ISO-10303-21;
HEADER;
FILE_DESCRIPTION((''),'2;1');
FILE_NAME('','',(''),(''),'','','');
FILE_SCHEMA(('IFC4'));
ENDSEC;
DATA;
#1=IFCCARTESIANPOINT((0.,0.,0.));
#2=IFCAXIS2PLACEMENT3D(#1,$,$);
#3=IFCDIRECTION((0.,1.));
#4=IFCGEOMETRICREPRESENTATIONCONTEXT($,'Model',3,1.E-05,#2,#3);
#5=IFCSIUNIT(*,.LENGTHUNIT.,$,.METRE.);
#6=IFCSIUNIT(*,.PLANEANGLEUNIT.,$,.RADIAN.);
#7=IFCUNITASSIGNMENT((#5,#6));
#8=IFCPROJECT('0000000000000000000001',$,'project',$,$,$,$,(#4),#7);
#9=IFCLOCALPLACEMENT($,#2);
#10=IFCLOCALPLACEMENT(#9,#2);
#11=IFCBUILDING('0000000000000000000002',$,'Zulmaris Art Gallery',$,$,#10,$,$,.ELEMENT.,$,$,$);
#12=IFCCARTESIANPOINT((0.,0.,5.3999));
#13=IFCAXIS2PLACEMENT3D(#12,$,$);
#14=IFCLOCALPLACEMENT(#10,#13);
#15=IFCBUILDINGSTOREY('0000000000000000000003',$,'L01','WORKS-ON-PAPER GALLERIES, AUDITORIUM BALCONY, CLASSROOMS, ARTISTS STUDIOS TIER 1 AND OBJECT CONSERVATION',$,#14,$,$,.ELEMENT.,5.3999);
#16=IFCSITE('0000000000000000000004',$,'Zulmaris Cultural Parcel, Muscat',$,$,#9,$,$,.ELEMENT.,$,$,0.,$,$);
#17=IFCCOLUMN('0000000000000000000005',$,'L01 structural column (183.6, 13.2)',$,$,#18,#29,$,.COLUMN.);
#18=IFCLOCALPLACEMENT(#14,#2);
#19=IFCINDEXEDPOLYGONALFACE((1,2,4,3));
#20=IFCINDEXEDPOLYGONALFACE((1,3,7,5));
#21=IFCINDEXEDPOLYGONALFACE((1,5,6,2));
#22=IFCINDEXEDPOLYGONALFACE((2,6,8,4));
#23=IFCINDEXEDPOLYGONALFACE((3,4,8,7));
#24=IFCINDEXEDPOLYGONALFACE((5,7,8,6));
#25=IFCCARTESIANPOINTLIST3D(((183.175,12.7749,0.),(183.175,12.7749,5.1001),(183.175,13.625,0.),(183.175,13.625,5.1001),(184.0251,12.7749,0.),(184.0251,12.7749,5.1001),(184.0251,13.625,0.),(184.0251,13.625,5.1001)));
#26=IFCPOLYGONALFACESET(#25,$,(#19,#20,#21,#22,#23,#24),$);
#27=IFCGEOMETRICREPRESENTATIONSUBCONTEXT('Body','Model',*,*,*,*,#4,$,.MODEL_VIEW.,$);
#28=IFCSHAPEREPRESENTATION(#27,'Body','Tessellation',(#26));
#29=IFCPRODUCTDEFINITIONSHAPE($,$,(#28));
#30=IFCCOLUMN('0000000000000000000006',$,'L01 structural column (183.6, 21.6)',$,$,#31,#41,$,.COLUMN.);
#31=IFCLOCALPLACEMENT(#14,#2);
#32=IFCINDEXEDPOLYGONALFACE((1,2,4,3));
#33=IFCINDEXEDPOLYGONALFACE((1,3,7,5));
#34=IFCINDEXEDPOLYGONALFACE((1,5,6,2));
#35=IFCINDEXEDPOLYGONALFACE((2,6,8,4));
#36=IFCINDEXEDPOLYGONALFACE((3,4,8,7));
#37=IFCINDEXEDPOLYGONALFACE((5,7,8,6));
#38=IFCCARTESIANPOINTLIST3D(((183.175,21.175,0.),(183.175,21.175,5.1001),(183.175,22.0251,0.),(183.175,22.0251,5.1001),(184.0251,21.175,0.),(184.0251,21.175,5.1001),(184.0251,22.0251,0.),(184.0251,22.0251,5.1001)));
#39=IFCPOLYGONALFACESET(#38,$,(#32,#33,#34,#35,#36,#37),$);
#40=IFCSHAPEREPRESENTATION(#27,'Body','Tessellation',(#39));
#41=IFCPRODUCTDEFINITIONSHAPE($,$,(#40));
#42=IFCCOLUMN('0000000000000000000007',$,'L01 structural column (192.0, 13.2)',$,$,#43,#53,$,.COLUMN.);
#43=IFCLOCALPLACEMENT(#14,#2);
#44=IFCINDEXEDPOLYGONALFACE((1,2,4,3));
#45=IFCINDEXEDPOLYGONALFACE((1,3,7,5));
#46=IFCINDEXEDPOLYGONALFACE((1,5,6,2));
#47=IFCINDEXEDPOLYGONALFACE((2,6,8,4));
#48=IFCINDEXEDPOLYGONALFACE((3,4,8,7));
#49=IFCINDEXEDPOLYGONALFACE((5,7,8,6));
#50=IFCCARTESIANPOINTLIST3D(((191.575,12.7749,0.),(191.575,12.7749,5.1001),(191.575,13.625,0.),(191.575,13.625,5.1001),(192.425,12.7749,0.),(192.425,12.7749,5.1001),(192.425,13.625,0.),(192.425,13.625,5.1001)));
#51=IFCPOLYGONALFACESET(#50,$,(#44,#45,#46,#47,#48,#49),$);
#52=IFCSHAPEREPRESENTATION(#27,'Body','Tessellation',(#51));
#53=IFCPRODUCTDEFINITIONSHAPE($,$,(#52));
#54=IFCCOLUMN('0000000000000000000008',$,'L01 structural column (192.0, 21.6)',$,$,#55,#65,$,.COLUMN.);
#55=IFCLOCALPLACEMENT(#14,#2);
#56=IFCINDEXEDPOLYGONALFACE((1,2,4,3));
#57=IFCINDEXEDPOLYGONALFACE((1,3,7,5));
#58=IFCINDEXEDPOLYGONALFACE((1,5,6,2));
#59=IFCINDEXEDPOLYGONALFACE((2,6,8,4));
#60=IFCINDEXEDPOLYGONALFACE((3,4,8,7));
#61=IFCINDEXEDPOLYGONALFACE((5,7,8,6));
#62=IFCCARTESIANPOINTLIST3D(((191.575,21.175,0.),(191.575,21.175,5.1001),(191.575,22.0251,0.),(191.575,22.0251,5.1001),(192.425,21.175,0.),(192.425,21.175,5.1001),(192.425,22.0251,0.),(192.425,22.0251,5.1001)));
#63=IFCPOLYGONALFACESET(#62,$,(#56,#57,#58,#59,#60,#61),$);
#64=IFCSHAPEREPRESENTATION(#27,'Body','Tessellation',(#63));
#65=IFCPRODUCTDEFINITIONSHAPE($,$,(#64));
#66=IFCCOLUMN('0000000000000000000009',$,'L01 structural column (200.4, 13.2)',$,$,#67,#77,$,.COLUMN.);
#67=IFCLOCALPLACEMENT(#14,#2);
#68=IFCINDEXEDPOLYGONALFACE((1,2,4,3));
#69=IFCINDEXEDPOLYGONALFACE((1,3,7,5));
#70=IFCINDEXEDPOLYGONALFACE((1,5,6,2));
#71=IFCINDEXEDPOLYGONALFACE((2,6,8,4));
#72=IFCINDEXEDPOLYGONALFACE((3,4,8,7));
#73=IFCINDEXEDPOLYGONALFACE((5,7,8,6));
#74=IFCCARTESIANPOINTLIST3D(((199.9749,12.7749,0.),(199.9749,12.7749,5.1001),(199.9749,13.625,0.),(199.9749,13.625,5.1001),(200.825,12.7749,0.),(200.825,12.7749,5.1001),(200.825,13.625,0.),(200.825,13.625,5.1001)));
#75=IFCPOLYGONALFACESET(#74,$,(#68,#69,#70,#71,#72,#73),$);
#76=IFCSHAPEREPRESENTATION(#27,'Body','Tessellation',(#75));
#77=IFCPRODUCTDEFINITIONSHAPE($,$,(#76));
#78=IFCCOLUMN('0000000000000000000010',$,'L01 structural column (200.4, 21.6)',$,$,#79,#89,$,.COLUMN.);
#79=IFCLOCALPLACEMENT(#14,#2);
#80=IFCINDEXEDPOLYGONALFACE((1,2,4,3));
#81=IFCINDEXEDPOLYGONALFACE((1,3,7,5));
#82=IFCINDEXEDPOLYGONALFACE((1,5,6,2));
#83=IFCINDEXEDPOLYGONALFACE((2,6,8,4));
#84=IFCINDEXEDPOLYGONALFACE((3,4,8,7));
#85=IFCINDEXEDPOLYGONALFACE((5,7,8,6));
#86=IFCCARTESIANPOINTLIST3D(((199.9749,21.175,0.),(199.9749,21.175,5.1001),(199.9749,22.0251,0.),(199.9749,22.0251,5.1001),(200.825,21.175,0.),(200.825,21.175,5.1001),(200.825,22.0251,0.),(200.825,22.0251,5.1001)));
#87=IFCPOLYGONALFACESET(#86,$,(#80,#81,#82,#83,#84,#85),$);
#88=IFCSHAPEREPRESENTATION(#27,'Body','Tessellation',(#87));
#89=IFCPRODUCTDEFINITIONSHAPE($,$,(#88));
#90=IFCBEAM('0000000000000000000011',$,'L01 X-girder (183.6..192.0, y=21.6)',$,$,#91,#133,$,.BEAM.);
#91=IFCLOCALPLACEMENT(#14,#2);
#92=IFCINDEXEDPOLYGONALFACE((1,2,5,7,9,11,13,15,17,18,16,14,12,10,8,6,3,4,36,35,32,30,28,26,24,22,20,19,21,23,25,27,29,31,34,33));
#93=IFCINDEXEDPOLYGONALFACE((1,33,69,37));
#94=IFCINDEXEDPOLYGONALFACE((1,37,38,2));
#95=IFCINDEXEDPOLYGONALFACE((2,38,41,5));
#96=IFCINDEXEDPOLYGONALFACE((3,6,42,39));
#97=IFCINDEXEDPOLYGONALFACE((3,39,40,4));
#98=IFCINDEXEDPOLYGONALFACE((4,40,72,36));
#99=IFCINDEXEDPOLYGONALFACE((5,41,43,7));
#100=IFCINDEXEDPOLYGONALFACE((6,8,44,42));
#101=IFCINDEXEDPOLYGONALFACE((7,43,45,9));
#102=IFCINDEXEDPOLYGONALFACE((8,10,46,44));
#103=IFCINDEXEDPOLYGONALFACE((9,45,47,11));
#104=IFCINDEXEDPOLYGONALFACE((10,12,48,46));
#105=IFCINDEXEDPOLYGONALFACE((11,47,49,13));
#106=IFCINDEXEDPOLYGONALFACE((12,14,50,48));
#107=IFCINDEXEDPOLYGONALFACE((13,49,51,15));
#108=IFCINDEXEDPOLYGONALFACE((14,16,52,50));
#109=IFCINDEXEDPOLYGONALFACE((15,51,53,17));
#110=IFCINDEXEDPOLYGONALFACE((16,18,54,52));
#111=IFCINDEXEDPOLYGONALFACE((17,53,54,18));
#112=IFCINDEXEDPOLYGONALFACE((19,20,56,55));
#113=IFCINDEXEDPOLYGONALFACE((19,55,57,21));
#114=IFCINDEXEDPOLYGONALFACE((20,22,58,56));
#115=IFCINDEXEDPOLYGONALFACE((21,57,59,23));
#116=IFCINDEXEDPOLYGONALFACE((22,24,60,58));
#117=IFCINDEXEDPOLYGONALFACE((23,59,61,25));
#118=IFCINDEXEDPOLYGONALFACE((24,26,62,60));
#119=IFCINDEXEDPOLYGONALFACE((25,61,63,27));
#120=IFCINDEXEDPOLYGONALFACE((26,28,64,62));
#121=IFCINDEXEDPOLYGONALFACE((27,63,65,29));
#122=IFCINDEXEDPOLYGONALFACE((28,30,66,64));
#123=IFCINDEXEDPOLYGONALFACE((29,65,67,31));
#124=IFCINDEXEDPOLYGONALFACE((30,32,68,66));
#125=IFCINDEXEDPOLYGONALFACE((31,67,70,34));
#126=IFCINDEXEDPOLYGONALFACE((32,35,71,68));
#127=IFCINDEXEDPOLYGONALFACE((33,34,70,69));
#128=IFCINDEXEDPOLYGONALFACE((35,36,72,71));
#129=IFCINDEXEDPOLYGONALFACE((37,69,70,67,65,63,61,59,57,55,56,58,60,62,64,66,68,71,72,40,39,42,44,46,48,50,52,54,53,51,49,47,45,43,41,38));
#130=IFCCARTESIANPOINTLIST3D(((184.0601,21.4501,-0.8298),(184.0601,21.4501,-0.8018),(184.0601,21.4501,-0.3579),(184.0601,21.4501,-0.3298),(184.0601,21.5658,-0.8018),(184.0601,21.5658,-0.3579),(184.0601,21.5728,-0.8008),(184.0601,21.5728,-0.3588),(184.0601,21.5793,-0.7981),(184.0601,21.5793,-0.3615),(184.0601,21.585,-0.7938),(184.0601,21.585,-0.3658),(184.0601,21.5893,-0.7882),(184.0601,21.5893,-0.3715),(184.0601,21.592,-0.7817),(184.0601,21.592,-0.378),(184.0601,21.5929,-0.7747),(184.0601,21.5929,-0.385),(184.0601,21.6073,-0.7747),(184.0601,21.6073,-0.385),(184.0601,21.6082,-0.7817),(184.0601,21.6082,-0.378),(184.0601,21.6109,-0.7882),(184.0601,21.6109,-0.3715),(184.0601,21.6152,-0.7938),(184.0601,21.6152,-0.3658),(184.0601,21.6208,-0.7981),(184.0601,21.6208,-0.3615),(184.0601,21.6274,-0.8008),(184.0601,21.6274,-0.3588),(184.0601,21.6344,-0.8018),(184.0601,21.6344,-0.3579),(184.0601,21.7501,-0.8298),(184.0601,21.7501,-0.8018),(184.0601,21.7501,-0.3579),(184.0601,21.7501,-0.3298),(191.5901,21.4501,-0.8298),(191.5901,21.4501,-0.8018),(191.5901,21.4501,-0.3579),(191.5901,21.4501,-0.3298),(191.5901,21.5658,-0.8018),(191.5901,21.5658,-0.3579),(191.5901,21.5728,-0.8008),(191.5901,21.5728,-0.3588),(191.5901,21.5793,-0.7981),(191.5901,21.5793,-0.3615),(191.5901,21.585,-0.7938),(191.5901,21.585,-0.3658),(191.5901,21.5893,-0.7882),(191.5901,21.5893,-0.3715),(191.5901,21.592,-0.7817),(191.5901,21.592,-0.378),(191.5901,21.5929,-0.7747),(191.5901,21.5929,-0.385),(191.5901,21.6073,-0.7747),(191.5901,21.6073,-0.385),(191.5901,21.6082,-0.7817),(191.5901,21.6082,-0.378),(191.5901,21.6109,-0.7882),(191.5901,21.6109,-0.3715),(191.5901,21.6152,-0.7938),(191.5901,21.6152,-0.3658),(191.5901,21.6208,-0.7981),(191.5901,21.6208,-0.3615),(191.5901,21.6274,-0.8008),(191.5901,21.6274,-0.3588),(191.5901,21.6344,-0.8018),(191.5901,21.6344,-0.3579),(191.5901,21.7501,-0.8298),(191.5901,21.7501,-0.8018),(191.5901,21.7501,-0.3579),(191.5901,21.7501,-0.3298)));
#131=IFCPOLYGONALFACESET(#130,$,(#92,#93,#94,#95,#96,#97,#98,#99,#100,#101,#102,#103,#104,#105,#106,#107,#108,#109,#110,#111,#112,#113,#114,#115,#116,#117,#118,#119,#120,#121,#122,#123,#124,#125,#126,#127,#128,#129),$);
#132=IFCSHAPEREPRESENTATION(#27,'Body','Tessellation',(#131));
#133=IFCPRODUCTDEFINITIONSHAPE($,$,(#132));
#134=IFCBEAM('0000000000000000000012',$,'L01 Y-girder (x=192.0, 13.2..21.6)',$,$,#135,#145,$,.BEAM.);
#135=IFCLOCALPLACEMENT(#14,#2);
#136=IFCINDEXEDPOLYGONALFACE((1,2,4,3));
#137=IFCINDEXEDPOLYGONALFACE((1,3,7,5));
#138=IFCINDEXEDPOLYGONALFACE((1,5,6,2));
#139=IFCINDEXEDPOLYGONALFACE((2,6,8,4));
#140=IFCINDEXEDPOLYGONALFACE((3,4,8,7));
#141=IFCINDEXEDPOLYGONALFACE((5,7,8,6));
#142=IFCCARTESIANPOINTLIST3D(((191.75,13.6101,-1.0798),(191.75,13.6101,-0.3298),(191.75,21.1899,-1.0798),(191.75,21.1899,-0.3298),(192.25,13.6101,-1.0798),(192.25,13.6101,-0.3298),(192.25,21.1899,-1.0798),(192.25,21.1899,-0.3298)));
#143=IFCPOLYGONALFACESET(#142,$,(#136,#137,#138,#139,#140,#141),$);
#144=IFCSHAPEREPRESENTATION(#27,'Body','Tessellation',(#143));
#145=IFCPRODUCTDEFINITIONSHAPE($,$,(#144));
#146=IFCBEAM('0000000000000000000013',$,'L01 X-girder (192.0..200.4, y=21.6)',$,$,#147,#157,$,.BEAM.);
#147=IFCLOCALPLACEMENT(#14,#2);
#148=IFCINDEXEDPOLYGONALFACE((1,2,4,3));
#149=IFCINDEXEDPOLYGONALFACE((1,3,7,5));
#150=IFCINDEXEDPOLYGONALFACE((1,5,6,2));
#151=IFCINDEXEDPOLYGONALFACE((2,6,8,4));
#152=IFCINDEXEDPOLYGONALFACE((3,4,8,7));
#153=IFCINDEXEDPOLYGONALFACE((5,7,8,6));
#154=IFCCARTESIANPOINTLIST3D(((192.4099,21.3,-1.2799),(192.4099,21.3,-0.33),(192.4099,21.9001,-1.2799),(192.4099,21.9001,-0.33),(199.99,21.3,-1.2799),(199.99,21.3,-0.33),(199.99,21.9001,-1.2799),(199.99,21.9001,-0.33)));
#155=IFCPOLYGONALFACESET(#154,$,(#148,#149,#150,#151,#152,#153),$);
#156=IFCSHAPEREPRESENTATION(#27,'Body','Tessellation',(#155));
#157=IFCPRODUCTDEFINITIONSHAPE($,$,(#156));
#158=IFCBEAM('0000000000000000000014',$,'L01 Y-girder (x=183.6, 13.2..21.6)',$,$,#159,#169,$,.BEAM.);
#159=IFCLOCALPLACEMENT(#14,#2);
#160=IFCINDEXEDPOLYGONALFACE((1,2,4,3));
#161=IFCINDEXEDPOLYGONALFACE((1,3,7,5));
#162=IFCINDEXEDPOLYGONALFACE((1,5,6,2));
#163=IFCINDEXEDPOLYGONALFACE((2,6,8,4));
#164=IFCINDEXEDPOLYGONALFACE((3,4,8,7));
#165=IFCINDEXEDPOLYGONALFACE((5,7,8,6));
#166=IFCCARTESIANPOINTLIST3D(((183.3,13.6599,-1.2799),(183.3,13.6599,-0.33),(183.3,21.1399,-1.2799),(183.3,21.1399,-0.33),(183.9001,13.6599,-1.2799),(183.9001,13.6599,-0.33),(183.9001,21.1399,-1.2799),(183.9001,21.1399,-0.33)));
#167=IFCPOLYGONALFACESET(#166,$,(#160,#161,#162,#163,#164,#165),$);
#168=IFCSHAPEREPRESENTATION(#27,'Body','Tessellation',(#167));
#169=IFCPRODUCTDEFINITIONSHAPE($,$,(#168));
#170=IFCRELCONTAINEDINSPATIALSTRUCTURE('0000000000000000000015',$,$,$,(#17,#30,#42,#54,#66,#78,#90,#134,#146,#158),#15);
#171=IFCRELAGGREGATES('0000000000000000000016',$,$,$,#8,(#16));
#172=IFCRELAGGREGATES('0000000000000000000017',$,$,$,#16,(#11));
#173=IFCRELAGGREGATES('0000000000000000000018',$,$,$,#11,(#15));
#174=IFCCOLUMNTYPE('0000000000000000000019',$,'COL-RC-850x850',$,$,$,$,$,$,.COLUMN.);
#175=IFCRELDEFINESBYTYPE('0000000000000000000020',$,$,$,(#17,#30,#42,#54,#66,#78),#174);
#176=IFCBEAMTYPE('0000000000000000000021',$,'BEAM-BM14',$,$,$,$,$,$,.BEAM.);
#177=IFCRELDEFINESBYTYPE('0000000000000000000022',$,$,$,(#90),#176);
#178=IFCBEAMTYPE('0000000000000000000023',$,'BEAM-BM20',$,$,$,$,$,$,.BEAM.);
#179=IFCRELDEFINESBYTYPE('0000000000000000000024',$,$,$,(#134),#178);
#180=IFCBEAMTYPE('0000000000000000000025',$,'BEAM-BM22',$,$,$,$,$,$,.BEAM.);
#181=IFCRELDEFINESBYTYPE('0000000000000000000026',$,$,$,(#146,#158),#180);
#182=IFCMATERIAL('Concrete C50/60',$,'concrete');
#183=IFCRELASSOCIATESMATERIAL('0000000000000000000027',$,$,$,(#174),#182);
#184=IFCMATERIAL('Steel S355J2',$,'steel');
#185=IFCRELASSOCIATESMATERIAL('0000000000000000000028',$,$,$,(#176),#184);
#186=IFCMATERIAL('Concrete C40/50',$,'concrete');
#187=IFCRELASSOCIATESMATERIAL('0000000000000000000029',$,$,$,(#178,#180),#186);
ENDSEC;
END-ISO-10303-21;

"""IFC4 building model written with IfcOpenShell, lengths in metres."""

from ifc_helpers import new_model, si_unit, direction, frame, origin, origin_2d, place, context, subcontext, project, spatial, rectangle, i_section, extrude, material, material_profile, profile_set, type_object, element, save


model = new_model("IFC4")

# Units and contexts
model_context = context("Model", 3, precision=1e-05, world=origin(), true_north=direction((0.0, 1.0)))
body_context = subcontext(model_context, "Body", "Model", "MODEL_VIEW")
ifc_project = project(units=[si_unit("LENGTHUNIT", "METRE"), si_unit("PLANEANGLEUNIT", "RADIAN")], contexts=[model_context])

# Site, building, storey
site_placement = place(None, origin())
site = spatial("IfcSite", under=ifc_project, at=site_placement, Name="Zulmaris Cultural Parcel, Muscat", CompositionType="ELEMENT", RefElevation=0.0)
building_placement = place(site_placement, origin())
building = spatial("IfcBuilding", under=site, at=building_placement, Name="Zulmaris Art Gallery", CompositionType="ELEMENT")
storey_placement = place(building_placement, frame((0.0, 0.0, 5.3999)))
storey = spatial("IfcBuildingStorey", under=building, at=storey_placement, Name="L01", Description="WORKS-ON-PAPER GALLERIES, AUDITORIUM BALCONY, CLASSROOMS, ARTISTS STUDIOS TIER 1 AND OBJECT CONSERVATION", CompositionType="ELEMENT", Elevation=5.3999)

# Columns
ifc_material_1 = material(Name="Concrete C50/60", Category="concrete")
ifc_material_profile_1 = material_profile(ifc_material_1, rectangle(XDim=0.8501, YDim=0.8501, at=origin_2d()), Name="RC 850x850")
ifc_profile_set_1 = profile_set([ifc_material_profile_1], Name="Concrete C50/60")
column_type = type_object("IfcColumnType", Name="COL-RC-850x850", PredefinedType="COLUMN", material=ifc_profile_set_1)
for number, where, z_axis, x_axis, name in (
    (1, (183.6001, 13.2, 0.0), (0.0, 0.0, 1.0), (1.0, 0.0, 0.0), "L01 structural column (183.6, 13.2)"),
    (2, (183.6001, 21.6001, 0.0), (0.0, 0.0, 1.0), (1.0, 0.0, 0.0), "L01 structural column (183.6, 21.6)"),
    (3, (192.0, 13.2, 0.0), (0.0, 0.0, 1.0), (1.0, 0.0, 0.0), "L01 structural column (192.0, 13.2)"),
    (4, (192.0, 21.6001, 0.0), (0.0, 0.0, 1.0), (1.0, 0.0, 0.0), "L01 structural column (192.0, 21.6)"),
    (5, (200.3999, 13.2, 0.0), (0.0, 0.0, 1.0), (1.0, 0.0, 0.0), "L01 structural column (200.4, 13.2)"),
    (6, (200.3999, 21.6001, 0.0), (0.0, 0.0, 1.0), (1.0, 0.0, 0.0), "L01 structural column (200.4, 21.6)"),
):
    element("IfcColumn", number, at=place(storey_placement, frame(where, z_axis=z_axis, x_axis=x_axis)), inside=storey, type_object=column_type, Name=name, PredefinedType="COLUMN", context=body_context, shape_type="SweptSolid", body=[
        extrude(rectangle(XDim=0.8501, YDim=0.8501, at=origin_2d()), origin(), (0.0, 0.0, 1.0), 5.1001),
    ])

# Beams
ifc_material_2 = material(Name="Steel S355J2", Category="steel")
ifc_material_profile_2 = material_profile(ifc_material_2, i_section(OverallWidth=0.3, OverallDepth=0.5, WebThickness=0.0144, FlangeThickness=0.0281, FilletRadius=0.0271, at=origin_2d()), Name="HEB 500")
ifc_profile_set_2 = profile_set([ifc_material_profile_2], Name="Steel S355J2")
beam_type_1 = type_object("IfcBeamType", Name="BEAM-BM14", PredefinedType="BEAM", material=ifc_profile_set_2)
beam_1_placement = place(storey_placement, frame((184.0601, 21.6001, -0.5798), z_axis=(1.0, 0.0, 0.0), x_axis=(0.0, 1.0, 0.0)))
element("IfcBeam", 7, at=beam_1_placement, inside=storey, type_object=beam_type_1, Name="L01 X-girder (183.6..192.0, y=21.6)", PredefinedType="BEAM", context=body_context, shape_type="SweptSolid", body=[
    extrude(i_section(OverallWidth=0.3, OverallDepth=0.5, WebThickness=0.0144, FlangeThickness=0.0281, FilletRadius=0.0271, at=origin_2d()), origin(), (0.0, 0.0, 1.0), 7.53),
])
ifc_material_3 = material(Name="Concrete C40/50", Category="concrete")
ifc_material_profile_3 = material_profile(ifc_material_3, rectangle(XDim=0.5, YDim=0.75, at=origin_2d()), Name="RC 500x750")
ifc_profile_set_3 = profile_set([ifc_material_profile_3], Name="Concrete C40/50")
beam_type_2 = type_object("IfcBeamType", Name="BEAM-BM20", PredefinedType="BEAM", material=ifc_profile_set_3)
beam_2_placement = place(storey_placement, frame((192.0, 13.6101, -0.7048), z_axis=(0.0, 1.0, 0.0), x_axis=(-1.0, 0.0, 0.0)))
element("IfcBeam", 8, at=beam_2_placement, inside=storey, type_object=beam_type_2, Name="L01 Y-girder (x=192.0, 13.2..21.6)", PredefinedType="BEAM", context=body_context, shape_type="SweptSolid", body=[
    extrude(rectangle(XDim=0.5, YDim=0.75, at=origin_2d()), origin(), (0.0, 0.0, 1.0), 7.5798),
])
ifc_material_profile_4 = material_profile(ifc_material_3, rectangle(XDim=0.6001, YDim=0.95, at=origin_2d()), Name="RC 600x950")
ifc_profile_set_4 = profile_set([ifc_material_profile_4], Name="Concrete C40/50")
beam_type_3 = type_object("IfcBeamType", Name="BEAM-BM22", PredefinedType="BEAM", material=ifc_profile_set_4)
beam_3_placement = place(storey_placement, frame((192.4099, 21.6001, -0.8049), z_axis=(1.0, 0.0, 0.0), x_axis=(0.0, 1.0, 0.0)))
element("IfcBeam", 9, at=beam_3_placement, inside=storey, type_object=beam_type_3, Name="L01 X-girder (192.0..200.4, y=21.6)", PredefinedType="BEAM", context=body_context, shape_type="SweptSolid", body=[
    extrude(rectangle(XDim=0.6001, YDim=0.95, at=origin_2d()), origin(), (0.0, 0.0, 1.0), 7.5801),
])
beam_4_placement = place(storey_placement, frame((183.6001, 13.6599, -0.8049), z_axis=(0.0, 1.0, 0.0), x_axis=(-1.0, 0.0, 0.0)))
element("IfcBeam", 10, at=beam_4_placement, inside=storey, type_object=beam_type_3, Name="L01 Y-girder (x=183.6, 13.2..21.6)", PredefinedType="BEAM", context=body_context, shape_type="SweptSolid", body=[
    extrude(rectangle(XDim=0.6001, YDim=0.95, at=origin_2d()), origin(), (0.0, 0.0, 1.0), 7.48),
])

save(model, "model.ifc")
